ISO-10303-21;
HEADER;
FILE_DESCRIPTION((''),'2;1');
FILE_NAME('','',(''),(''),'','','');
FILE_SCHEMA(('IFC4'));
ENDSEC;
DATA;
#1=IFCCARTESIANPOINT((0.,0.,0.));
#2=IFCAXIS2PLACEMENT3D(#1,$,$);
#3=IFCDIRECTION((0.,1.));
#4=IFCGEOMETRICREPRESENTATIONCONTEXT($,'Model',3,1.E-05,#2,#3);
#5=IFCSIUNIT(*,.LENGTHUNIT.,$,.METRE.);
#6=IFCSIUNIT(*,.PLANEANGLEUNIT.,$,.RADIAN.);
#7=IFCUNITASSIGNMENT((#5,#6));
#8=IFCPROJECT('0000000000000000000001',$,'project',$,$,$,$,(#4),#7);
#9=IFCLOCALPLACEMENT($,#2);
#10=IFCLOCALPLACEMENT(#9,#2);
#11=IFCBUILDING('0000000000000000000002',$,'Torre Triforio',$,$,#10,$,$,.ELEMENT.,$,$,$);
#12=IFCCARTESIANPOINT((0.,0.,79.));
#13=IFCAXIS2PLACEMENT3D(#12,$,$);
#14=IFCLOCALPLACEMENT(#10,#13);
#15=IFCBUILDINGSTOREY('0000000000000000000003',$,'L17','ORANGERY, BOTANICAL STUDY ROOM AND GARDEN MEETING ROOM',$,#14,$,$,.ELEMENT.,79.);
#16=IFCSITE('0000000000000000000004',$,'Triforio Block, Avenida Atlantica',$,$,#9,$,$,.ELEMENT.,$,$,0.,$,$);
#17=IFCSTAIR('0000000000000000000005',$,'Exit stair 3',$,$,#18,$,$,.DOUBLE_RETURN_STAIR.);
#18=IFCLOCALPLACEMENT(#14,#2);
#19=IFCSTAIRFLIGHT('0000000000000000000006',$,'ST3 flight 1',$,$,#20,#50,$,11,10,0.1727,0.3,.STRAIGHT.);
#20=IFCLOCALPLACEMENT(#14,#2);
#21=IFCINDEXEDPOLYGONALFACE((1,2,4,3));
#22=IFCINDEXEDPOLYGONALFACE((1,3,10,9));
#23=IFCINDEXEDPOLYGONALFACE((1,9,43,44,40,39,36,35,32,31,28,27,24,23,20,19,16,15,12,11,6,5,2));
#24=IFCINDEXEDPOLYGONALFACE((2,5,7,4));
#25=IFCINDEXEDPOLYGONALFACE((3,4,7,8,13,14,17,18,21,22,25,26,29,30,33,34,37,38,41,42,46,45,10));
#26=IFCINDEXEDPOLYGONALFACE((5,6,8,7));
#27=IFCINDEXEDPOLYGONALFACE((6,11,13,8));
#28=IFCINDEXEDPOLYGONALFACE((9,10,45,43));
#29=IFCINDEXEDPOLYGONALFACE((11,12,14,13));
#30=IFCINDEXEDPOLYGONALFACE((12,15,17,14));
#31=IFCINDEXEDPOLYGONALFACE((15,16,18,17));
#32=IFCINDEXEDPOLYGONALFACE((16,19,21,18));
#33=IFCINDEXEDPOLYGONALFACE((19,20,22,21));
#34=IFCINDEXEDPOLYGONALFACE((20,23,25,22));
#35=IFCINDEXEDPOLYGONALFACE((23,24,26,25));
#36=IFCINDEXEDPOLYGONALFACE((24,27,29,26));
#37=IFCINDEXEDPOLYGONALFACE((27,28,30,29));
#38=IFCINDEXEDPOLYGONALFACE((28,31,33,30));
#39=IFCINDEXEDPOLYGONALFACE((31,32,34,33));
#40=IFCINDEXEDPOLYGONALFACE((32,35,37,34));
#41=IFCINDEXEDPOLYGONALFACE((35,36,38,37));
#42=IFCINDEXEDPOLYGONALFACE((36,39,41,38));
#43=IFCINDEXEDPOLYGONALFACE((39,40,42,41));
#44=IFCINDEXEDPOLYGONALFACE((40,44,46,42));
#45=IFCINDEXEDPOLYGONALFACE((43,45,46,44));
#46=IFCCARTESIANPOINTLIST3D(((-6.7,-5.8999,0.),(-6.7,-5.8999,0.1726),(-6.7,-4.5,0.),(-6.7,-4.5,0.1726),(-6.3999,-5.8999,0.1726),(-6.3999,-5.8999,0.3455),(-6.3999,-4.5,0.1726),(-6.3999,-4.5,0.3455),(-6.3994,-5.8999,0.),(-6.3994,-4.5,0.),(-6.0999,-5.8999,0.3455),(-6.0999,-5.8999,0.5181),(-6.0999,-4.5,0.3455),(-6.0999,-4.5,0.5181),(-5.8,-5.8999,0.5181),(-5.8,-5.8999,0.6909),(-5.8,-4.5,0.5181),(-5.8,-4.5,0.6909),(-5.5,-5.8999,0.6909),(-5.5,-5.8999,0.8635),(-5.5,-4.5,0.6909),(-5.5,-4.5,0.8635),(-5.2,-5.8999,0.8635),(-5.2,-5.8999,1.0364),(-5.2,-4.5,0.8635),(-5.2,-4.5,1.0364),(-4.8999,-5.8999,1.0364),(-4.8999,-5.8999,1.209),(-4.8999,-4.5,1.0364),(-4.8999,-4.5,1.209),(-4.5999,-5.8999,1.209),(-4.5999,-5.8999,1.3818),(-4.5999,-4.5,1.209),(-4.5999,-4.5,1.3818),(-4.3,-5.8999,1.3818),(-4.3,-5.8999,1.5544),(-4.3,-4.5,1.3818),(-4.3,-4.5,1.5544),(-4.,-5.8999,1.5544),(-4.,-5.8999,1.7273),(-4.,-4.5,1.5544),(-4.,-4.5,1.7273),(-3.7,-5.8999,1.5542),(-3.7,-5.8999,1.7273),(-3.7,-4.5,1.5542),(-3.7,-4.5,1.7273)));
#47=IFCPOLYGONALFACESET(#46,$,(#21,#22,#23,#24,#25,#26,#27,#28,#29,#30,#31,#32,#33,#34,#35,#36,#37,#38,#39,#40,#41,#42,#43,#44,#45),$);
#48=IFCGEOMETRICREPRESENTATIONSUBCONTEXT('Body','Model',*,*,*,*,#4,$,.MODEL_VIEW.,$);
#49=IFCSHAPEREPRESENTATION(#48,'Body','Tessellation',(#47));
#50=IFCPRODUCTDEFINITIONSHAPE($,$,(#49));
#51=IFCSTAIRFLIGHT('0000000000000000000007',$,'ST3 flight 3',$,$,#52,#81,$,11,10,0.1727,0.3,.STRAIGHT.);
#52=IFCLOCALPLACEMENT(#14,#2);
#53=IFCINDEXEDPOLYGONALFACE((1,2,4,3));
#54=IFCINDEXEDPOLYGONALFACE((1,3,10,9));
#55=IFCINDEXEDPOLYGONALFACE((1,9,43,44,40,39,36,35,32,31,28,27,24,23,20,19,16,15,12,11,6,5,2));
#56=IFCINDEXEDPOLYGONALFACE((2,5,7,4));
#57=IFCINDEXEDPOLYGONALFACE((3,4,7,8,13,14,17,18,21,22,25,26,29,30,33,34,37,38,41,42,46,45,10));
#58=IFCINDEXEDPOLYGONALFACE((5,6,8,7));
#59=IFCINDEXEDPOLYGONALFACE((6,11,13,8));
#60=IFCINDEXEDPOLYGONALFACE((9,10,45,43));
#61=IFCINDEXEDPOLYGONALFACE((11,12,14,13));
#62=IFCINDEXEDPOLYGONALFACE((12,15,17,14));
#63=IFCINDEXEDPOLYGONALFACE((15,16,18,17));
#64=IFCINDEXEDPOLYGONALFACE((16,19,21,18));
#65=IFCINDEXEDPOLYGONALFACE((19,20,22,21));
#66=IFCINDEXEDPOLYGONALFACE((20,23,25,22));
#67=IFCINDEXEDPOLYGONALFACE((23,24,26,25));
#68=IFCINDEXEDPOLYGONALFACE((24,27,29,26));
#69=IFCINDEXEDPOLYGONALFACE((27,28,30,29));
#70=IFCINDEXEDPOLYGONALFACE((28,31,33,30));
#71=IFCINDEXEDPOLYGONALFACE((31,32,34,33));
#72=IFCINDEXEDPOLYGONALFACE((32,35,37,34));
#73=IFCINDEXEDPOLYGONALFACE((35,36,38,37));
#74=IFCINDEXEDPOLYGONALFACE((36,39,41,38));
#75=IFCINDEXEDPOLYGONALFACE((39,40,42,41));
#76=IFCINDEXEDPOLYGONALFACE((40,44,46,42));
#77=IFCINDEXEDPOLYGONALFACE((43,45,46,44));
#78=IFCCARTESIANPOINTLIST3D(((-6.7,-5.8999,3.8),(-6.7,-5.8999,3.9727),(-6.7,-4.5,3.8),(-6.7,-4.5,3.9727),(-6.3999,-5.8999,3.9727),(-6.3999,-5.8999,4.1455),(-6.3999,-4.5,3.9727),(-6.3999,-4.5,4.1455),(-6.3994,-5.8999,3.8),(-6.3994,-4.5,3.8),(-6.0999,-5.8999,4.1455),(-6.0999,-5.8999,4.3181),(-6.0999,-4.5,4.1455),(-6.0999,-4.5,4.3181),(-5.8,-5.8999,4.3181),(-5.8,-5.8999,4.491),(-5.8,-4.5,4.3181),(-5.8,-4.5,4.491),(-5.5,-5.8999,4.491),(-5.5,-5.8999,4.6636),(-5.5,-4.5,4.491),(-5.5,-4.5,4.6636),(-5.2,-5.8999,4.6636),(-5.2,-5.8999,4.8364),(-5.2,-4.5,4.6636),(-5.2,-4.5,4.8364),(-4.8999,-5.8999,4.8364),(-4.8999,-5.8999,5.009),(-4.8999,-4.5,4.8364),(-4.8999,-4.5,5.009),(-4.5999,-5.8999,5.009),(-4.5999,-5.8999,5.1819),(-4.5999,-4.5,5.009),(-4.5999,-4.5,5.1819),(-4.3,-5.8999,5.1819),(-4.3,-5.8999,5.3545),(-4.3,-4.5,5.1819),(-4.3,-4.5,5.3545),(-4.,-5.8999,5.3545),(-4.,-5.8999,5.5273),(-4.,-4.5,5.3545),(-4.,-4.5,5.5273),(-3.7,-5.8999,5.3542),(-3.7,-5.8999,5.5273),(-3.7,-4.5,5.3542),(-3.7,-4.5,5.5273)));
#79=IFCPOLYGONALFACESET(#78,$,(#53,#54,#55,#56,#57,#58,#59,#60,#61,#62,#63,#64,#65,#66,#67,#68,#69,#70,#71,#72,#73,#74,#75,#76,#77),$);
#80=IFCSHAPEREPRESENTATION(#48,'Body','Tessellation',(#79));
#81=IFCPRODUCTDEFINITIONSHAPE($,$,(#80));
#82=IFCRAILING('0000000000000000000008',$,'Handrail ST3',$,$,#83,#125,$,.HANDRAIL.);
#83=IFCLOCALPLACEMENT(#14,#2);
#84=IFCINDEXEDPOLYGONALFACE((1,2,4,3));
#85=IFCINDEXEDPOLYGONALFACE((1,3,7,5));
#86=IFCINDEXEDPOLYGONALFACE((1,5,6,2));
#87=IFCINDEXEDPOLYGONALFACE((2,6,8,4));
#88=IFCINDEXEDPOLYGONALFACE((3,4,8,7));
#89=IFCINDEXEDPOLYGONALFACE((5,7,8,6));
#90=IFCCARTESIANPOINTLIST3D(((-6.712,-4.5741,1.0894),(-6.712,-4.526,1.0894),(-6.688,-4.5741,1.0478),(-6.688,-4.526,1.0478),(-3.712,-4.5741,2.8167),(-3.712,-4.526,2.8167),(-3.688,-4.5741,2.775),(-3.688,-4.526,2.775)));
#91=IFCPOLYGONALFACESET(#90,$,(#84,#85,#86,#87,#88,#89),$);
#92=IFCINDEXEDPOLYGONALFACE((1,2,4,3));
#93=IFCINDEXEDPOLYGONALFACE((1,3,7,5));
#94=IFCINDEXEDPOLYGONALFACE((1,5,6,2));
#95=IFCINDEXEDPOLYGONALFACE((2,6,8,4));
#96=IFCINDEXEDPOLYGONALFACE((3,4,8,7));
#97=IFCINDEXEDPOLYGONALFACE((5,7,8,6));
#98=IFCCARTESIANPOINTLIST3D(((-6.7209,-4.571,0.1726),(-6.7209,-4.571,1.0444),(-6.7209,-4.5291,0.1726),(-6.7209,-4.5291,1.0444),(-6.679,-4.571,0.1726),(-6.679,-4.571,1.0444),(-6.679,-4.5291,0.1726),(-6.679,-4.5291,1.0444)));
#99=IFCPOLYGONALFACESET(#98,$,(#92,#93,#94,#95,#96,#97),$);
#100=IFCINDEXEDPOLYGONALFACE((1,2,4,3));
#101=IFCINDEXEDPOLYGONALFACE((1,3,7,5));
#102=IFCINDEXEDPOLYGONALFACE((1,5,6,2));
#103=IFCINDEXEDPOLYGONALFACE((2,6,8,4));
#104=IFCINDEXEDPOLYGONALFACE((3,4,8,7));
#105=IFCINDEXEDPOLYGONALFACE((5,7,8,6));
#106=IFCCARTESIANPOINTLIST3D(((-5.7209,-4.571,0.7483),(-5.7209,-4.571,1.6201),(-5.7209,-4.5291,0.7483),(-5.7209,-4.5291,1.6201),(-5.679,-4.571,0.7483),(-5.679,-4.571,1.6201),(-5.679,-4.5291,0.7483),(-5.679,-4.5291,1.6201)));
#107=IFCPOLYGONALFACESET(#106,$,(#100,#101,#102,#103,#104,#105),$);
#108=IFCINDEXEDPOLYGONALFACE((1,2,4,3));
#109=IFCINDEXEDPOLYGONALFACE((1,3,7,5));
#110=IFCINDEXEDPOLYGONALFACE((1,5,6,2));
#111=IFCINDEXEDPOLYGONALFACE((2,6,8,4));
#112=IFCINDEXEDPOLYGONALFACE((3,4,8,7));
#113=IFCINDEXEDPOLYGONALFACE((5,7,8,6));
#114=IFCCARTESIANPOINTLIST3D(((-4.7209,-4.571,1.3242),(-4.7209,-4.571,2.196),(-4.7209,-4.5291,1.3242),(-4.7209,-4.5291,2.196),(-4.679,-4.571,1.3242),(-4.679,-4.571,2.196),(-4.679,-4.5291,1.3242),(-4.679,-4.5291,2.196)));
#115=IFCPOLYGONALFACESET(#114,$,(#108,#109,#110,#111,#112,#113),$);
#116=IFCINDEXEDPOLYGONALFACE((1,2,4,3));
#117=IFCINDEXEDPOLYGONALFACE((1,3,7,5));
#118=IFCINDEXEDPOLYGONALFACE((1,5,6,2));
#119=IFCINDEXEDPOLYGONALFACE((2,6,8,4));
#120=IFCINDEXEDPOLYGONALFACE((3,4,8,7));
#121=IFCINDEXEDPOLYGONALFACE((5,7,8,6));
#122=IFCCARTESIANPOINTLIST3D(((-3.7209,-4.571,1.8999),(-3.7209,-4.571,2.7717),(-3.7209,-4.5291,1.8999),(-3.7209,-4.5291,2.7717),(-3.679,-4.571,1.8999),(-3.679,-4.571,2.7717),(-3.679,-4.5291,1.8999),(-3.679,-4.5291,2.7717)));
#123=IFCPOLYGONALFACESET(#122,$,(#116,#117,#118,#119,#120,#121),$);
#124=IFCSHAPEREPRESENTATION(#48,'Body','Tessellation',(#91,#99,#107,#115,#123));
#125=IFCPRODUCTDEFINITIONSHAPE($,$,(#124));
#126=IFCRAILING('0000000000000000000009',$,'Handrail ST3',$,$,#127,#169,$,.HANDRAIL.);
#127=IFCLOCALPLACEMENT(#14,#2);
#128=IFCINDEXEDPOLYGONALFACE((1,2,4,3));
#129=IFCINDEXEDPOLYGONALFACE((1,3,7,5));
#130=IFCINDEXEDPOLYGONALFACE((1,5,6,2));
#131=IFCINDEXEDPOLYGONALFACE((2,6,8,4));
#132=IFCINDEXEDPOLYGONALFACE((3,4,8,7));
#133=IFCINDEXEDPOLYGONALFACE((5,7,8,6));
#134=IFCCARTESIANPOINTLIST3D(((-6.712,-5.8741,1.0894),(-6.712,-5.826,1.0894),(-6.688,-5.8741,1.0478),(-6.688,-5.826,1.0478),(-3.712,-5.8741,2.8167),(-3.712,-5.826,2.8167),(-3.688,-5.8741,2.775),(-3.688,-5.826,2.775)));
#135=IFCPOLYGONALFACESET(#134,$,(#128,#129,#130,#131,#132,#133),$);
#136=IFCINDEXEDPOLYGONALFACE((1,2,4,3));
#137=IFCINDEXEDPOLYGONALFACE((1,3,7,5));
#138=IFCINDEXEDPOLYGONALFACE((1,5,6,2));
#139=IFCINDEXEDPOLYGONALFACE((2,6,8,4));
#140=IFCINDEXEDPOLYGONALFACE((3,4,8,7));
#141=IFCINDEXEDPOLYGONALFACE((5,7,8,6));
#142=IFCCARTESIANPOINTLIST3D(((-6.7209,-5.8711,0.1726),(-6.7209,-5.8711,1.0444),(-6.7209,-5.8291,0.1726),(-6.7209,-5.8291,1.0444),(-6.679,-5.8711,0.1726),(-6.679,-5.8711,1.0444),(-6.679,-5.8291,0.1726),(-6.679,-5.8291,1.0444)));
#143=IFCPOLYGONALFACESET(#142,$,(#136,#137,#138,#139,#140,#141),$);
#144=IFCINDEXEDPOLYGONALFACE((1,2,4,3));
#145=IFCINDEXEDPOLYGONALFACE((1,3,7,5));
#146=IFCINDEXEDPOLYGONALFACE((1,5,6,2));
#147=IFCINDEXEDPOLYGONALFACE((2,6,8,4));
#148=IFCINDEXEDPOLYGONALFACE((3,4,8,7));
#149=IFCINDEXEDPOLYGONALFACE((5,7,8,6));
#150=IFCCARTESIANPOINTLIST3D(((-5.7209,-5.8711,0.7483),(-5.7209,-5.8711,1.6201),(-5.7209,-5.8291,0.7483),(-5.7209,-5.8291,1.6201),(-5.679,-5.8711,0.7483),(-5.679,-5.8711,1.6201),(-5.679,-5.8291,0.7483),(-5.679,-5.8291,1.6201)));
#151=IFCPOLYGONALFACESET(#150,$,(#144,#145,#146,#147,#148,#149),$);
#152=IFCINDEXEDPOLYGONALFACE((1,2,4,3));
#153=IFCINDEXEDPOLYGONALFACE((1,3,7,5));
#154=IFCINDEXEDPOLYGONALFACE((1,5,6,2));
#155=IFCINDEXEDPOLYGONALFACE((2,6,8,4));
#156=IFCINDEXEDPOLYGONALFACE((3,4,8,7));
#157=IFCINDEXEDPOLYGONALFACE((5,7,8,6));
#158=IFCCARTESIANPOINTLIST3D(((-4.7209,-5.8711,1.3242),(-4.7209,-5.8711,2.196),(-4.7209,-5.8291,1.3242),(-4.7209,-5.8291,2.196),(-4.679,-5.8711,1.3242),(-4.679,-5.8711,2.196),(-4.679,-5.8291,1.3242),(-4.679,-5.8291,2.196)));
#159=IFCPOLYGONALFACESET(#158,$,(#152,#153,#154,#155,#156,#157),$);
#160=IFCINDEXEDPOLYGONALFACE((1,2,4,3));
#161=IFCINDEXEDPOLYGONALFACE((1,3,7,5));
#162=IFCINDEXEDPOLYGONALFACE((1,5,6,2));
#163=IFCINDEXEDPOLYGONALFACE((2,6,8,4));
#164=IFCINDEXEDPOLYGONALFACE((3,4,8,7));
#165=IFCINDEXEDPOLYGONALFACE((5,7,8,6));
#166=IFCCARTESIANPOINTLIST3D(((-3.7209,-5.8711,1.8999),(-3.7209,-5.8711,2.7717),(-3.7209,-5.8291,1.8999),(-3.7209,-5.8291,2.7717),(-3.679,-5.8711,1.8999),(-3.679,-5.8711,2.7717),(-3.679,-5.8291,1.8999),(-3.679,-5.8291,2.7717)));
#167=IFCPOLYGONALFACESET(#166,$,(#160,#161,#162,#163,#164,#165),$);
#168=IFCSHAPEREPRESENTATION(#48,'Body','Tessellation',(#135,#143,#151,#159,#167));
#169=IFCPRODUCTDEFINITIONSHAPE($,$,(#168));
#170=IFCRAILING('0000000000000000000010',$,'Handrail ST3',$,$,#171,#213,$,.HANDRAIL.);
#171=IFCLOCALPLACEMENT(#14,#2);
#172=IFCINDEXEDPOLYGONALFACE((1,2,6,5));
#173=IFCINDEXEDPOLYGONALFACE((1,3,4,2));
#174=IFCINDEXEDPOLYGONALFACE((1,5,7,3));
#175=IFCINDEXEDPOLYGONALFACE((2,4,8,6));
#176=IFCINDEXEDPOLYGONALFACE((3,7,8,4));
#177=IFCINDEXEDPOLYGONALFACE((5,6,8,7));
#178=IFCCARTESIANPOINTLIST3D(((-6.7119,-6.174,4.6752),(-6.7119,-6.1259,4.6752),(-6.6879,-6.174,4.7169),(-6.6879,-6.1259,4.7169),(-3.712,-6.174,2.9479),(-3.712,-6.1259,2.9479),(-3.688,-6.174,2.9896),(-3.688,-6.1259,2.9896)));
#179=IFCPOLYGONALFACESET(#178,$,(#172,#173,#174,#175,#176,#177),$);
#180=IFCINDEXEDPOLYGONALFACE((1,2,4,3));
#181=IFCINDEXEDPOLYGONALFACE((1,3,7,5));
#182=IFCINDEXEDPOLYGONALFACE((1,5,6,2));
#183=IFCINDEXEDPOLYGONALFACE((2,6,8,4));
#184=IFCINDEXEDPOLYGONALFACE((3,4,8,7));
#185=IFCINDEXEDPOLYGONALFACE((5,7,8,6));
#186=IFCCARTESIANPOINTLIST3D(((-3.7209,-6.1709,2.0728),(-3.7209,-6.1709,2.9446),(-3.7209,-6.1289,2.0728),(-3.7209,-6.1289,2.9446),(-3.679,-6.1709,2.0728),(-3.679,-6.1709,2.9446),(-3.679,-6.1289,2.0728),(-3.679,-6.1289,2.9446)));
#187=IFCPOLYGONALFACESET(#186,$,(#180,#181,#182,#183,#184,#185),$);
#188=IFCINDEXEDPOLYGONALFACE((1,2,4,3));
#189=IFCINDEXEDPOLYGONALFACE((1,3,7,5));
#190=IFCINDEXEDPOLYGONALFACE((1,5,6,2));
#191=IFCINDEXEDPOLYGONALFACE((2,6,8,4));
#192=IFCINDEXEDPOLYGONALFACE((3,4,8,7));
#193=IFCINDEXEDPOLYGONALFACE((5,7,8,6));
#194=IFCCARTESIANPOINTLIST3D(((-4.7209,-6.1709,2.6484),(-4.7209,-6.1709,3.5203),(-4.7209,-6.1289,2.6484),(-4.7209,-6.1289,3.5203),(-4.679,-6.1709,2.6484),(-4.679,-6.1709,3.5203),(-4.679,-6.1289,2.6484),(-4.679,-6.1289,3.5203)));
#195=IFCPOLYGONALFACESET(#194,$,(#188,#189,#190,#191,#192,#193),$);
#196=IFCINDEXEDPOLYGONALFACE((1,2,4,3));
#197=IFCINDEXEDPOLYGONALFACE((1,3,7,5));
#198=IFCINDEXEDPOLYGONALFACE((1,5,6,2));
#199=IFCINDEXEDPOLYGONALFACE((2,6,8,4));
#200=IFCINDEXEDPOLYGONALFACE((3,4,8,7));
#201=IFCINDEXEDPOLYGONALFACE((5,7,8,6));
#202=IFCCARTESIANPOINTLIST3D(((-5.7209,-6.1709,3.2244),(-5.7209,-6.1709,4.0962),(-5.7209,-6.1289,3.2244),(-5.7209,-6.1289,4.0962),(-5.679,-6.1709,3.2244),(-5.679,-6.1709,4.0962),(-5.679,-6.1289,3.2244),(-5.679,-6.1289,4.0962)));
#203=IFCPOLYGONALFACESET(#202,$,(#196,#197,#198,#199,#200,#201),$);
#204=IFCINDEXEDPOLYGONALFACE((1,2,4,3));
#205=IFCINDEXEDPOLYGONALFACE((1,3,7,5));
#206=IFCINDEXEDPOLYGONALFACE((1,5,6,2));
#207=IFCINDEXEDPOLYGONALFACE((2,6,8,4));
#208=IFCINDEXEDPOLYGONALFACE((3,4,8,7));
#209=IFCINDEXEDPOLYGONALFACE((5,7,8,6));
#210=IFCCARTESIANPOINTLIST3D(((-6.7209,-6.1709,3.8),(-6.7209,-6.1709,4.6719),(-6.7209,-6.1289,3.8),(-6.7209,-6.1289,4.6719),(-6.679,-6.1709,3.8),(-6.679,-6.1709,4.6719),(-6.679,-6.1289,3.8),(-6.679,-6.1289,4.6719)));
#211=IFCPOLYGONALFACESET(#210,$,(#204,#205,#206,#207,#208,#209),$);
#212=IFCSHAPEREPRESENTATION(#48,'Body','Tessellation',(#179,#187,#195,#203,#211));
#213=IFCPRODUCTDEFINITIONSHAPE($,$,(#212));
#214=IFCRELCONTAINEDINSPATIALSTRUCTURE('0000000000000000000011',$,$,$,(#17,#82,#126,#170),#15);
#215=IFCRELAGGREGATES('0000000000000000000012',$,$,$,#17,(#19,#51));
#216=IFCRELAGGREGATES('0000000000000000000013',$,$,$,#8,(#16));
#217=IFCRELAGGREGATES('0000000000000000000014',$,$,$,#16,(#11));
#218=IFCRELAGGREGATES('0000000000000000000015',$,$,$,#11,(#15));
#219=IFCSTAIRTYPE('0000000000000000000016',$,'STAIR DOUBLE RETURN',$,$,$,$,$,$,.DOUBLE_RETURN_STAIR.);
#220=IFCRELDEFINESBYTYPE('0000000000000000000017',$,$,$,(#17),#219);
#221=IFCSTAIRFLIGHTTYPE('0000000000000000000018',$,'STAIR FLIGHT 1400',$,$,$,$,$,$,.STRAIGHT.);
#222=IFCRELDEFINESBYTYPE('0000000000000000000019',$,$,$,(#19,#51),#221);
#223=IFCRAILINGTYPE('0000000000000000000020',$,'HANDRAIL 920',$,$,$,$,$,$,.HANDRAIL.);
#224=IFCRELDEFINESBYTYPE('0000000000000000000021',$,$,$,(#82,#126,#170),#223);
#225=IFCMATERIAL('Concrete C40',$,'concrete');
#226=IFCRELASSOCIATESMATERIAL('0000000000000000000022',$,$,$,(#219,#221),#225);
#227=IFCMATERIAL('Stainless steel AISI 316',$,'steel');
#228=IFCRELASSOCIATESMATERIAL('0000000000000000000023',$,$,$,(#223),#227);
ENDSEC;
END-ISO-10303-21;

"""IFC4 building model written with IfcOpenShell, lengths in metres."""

from ifc_helpers import new_model, si_unit, direction, frame, origin, origin_2d, place, context, subcontext, project, spatial, polyline, rectangle, outline, extrude, material, type_object, element, aggregate, save


model = new_model("IFC4")

# Units and contexts
model_context = context("Model", 3, precision=1e-05, world=origin(), true_north=direction((0.0, 1.0)))
body_context = subcontext(model_context, "Body", "Model", "MODEL_VIEW")
ifc_project = project(units=[si_unit("LENGTHUNIT", "METRE"), si_unit("PLANEANGLEUNIT", "RADIAN")], contexts=[model_context])

# Site, building, storey
site_placement = place(None, origin())
site = spatial("IfcSite", under=ifc_project, at=site_placement, Name="Triforio Block, Avenida Atlantica", CompositionType="ELEMENT", RefElevation=0.0)
building_placement = place(site_placement, origin())
building = spatial("IfcBuilding", under=site, at=building_placement, Name="Torre Triforio", CompositionType="ELEMENT")
storey_placement = place(building_placement, frame((0.0, 0.0, 79.0)))
storey = spatial("IfcBuildingStorey", under=building, at=storey_placement, Name="L17", Description="ORANGERY, BOTANICAL STUDY ROOM AND GARDEN MEETING ROOM", CompositionType="ELEMENT", Elevation=79.0)

# Stair, stair flights
ifc_material_1 = material(Name="Concrete C40", Category="concrete")
stair_type = type_object("IfcStairType", Name="STAIR DOUBLE RETURN", PredefinedType="DOUBLE_RETURN_STAIR", material=ifc_material_1)
stair_placement = place(storey_placement, origin())
stair = element("IfcStair", 1, at=stair_placement, inside=storey, type_object=stair_type, Name="Exit stair 3", PredefinedType="DOUBLE_RETURN_STAIR")
stair_flight_type = type_object("IfcStairFlightType", Name="STAIR FLIGHT 1400", PredefinedType="STRAIGHT", material=ifc_material_1)
stair_flight_1_placement = place(storey_placement, frame((-6.7, -5.2, 0.0), z_axis=(0.0, 0.0, 1.0), x_axis=(1.0, 0.0, 0.0)))
stair_flight_1 = element("IfcStairFlight", 2, at=stair_flight_1_placement, type_object=stair_flight_type, Name="ST3 flight 1", NumberOfRisers=11, NumberOfTreads=10, PredefinedType="STRAIGHT", RiserHeight=0.1727, TreadLength=0.3, context=body_context, shape_type="SweptSolid", body=[
    extrude(outline(polyline([(0.0, 0.0), (0.0, 0.1726), (0.3, 0.1726), (0.3, 0.3455), (0.6001, 0.3455), (0.6001, 0.5181), (0.8999, 0.5181), (0.8999, 0.6909), (1.2, 0.6909), (1.2, 0.8635), (1.5, 0.8635), (1.5, 1.0364), (1.8, 1.0364), (1.8, 1.209), (2.1001, 1.209), (2.1001, 1.3818), (2.3999, 1.3818), (2.3999, 1.5544), (2.7, 1.5544), (2.7, 1.7273), (3.0, 1.7273), (3.0, 1.8999), (3.0, 1.5542), (0.3005, 0.0), (0.0, 0.0)])), frame((0.0, 0.7, 0.0), z_axis=(0.0, -1.0, 0.0), x_axis=(1.0, 0.0, 0.0)), (0.0, 0.0, 1.0), 1.3999),
])
stair_flight_2_placement = place(storey_placement, frame((-6.7, -5.2, 3.8), z_axis=(0.0, 0.0, 1.0), x_axis=(1.0, 0.0, 0.0)))
stair_flight_2 = element("IfcStairFlight", 3, at=stair_flight_2_placement, type_object=stair_flight_type, Name="ST3 flight 3", NumberOfRisers=11, NumberOfTreads=10, PredefinedType="STRAIGHT", RiserHeight=0.1727, TreadLength=0.3, context=body_context, shape_type="SweptSolid", body=[
    extrude(outline(polyline([(0.0, 0.0), (0.0, 0.1726), (0.3, 0.1726), (0.3, 0.3455), (0.6001, 0.3455), (0.6001, 0.5181), (0.8999, 0.5181), (0.8999, 0.6909), (1.2, 0.6909), (1.2, 0.8635), (1.5, 0.8635), (1.5, 1.0364), (1.8, 1.0364), (1.8, 1.209), (2.1001, 1.209), (2.1001, 1.3818), (2.3999, 1.3818), (2.3999, 1.5544), (2.7, 1.5544), (2.7, 1.7273), (3.0, 1.7273), (3.0, 1.8999), (3.0, 1.5542), (0.3005, 0.0), (0.0, 0.0)])), frame((0.0, 0.7, 0.0), z_axis=(0.0, -1.0, 0.0), x_axis=(1.0, 0.0, 0.0)), (0.0, 0.0, 1.0), 1.3999),
])
aggregate(stair, [stair_flight_1, stair_flight_2])

# Railings
ifc_material_2 = material(Name="Stainless steel AISI 316", Category="steel")
railing_type = type_object("IfcRailingType", Name="HANDRAIL 920", PredefinedType="HANDRAIL", material=ifc_material_2)
for number, where, name in (
    (4, (-6.7, -4.55, 0.1726), "Handrail ST3"),
    (5, (-6.7, -5.8501, 0.1726), "Handrail ST3"),
):
    element("IfcRailing", number, at=place(storey_placement, frame(where)), inside=storey, type_object=railing_type, Name=name, PredefinedType="HANDRAIL", context=body_context, shape_type="SweptSolid", body=[
        extrude(rectangle(XDim=0.0481, YDim=0.0481, at=origin_2d()), frame((0.0, 0.0, 0.896), z_axis=(0.86662, 0.0, 0.498969), x_axis=(0.0, 1.0, 0.0)), (0.0, 0.0, 1.0), 3.4617),
        extrude(rectangle(XDim=0.042, YDim=0.042, at=origin_2d()), origin(), (0.0, 0.0, 1.0), 0.8718),
        extrude(rectangle(XDim=0.042, YDim=0.042, at=origin_2d()), frame((1.0, 0.0, 0.5757)), (0.0, 0.0, 1.0), 0.8718),
        extrude(rectangle(XDim=0.042, YDim=0.042, at=origin_2d()), frame((2.0, 0.0, 1.1516)), (0.0, 0.0, 1.0), 0.8718),
        extrude(rectangle(XDim=0.042, YDim=0.042, at=origin_2d()), frame((3.0, 0.0, 1.7273)), (0.0, 0.0, 1.0), 0.8718),
    ])
railing_1_placement = place(storey_placement, frame((-3.7, -6.1499, 2.0728)))
element("IfcRailing", 6, at=railing_1_placement, inside=storey, type_object=railing_type, Name="Handrail ST3", PredefinedType="HANDRAIL", context=body_context, shape_type="SweptSolid", body=[
    extrude(rectangle(XDim=0.0481, YDim=0.0481, at=origin_2d()), frame((0.0, 0.0, 0.896), z_axis=(-0.86662, 0.0, 0.498969), x_axis=(0.0, -1.0, 0.0)), (0.0, 0.0, 1.0), 3.4617),
    extrude(rectangle(XDim=0.042, YDim=0.042, at=origin_2d()), origin(), (0.0, 0.0, 1.0), 0.8718),
    extrude(rectangle(XDim=0.042, YDim=0.042, at=origin_2d()), frame((-1.0, 0.0, 0.5757)), (0.0, 0.0, 1.0), 0.8718),
    extrude(rectangle(XDim=0.042, YDim=0.042, at=origin_2d()), frame((-2.0, 0.0, 1.1516)), (0.0, 0.0, 1.0), 0.8718),
    extrude(rectangle(XDim=0.042, YDim=0.042, at=origin_2d()), frame((-3.0, 0.0, 1.7273)), (0.0, 0.0, 1.0), 0.8718),
])

save(model, "model.ifc")
